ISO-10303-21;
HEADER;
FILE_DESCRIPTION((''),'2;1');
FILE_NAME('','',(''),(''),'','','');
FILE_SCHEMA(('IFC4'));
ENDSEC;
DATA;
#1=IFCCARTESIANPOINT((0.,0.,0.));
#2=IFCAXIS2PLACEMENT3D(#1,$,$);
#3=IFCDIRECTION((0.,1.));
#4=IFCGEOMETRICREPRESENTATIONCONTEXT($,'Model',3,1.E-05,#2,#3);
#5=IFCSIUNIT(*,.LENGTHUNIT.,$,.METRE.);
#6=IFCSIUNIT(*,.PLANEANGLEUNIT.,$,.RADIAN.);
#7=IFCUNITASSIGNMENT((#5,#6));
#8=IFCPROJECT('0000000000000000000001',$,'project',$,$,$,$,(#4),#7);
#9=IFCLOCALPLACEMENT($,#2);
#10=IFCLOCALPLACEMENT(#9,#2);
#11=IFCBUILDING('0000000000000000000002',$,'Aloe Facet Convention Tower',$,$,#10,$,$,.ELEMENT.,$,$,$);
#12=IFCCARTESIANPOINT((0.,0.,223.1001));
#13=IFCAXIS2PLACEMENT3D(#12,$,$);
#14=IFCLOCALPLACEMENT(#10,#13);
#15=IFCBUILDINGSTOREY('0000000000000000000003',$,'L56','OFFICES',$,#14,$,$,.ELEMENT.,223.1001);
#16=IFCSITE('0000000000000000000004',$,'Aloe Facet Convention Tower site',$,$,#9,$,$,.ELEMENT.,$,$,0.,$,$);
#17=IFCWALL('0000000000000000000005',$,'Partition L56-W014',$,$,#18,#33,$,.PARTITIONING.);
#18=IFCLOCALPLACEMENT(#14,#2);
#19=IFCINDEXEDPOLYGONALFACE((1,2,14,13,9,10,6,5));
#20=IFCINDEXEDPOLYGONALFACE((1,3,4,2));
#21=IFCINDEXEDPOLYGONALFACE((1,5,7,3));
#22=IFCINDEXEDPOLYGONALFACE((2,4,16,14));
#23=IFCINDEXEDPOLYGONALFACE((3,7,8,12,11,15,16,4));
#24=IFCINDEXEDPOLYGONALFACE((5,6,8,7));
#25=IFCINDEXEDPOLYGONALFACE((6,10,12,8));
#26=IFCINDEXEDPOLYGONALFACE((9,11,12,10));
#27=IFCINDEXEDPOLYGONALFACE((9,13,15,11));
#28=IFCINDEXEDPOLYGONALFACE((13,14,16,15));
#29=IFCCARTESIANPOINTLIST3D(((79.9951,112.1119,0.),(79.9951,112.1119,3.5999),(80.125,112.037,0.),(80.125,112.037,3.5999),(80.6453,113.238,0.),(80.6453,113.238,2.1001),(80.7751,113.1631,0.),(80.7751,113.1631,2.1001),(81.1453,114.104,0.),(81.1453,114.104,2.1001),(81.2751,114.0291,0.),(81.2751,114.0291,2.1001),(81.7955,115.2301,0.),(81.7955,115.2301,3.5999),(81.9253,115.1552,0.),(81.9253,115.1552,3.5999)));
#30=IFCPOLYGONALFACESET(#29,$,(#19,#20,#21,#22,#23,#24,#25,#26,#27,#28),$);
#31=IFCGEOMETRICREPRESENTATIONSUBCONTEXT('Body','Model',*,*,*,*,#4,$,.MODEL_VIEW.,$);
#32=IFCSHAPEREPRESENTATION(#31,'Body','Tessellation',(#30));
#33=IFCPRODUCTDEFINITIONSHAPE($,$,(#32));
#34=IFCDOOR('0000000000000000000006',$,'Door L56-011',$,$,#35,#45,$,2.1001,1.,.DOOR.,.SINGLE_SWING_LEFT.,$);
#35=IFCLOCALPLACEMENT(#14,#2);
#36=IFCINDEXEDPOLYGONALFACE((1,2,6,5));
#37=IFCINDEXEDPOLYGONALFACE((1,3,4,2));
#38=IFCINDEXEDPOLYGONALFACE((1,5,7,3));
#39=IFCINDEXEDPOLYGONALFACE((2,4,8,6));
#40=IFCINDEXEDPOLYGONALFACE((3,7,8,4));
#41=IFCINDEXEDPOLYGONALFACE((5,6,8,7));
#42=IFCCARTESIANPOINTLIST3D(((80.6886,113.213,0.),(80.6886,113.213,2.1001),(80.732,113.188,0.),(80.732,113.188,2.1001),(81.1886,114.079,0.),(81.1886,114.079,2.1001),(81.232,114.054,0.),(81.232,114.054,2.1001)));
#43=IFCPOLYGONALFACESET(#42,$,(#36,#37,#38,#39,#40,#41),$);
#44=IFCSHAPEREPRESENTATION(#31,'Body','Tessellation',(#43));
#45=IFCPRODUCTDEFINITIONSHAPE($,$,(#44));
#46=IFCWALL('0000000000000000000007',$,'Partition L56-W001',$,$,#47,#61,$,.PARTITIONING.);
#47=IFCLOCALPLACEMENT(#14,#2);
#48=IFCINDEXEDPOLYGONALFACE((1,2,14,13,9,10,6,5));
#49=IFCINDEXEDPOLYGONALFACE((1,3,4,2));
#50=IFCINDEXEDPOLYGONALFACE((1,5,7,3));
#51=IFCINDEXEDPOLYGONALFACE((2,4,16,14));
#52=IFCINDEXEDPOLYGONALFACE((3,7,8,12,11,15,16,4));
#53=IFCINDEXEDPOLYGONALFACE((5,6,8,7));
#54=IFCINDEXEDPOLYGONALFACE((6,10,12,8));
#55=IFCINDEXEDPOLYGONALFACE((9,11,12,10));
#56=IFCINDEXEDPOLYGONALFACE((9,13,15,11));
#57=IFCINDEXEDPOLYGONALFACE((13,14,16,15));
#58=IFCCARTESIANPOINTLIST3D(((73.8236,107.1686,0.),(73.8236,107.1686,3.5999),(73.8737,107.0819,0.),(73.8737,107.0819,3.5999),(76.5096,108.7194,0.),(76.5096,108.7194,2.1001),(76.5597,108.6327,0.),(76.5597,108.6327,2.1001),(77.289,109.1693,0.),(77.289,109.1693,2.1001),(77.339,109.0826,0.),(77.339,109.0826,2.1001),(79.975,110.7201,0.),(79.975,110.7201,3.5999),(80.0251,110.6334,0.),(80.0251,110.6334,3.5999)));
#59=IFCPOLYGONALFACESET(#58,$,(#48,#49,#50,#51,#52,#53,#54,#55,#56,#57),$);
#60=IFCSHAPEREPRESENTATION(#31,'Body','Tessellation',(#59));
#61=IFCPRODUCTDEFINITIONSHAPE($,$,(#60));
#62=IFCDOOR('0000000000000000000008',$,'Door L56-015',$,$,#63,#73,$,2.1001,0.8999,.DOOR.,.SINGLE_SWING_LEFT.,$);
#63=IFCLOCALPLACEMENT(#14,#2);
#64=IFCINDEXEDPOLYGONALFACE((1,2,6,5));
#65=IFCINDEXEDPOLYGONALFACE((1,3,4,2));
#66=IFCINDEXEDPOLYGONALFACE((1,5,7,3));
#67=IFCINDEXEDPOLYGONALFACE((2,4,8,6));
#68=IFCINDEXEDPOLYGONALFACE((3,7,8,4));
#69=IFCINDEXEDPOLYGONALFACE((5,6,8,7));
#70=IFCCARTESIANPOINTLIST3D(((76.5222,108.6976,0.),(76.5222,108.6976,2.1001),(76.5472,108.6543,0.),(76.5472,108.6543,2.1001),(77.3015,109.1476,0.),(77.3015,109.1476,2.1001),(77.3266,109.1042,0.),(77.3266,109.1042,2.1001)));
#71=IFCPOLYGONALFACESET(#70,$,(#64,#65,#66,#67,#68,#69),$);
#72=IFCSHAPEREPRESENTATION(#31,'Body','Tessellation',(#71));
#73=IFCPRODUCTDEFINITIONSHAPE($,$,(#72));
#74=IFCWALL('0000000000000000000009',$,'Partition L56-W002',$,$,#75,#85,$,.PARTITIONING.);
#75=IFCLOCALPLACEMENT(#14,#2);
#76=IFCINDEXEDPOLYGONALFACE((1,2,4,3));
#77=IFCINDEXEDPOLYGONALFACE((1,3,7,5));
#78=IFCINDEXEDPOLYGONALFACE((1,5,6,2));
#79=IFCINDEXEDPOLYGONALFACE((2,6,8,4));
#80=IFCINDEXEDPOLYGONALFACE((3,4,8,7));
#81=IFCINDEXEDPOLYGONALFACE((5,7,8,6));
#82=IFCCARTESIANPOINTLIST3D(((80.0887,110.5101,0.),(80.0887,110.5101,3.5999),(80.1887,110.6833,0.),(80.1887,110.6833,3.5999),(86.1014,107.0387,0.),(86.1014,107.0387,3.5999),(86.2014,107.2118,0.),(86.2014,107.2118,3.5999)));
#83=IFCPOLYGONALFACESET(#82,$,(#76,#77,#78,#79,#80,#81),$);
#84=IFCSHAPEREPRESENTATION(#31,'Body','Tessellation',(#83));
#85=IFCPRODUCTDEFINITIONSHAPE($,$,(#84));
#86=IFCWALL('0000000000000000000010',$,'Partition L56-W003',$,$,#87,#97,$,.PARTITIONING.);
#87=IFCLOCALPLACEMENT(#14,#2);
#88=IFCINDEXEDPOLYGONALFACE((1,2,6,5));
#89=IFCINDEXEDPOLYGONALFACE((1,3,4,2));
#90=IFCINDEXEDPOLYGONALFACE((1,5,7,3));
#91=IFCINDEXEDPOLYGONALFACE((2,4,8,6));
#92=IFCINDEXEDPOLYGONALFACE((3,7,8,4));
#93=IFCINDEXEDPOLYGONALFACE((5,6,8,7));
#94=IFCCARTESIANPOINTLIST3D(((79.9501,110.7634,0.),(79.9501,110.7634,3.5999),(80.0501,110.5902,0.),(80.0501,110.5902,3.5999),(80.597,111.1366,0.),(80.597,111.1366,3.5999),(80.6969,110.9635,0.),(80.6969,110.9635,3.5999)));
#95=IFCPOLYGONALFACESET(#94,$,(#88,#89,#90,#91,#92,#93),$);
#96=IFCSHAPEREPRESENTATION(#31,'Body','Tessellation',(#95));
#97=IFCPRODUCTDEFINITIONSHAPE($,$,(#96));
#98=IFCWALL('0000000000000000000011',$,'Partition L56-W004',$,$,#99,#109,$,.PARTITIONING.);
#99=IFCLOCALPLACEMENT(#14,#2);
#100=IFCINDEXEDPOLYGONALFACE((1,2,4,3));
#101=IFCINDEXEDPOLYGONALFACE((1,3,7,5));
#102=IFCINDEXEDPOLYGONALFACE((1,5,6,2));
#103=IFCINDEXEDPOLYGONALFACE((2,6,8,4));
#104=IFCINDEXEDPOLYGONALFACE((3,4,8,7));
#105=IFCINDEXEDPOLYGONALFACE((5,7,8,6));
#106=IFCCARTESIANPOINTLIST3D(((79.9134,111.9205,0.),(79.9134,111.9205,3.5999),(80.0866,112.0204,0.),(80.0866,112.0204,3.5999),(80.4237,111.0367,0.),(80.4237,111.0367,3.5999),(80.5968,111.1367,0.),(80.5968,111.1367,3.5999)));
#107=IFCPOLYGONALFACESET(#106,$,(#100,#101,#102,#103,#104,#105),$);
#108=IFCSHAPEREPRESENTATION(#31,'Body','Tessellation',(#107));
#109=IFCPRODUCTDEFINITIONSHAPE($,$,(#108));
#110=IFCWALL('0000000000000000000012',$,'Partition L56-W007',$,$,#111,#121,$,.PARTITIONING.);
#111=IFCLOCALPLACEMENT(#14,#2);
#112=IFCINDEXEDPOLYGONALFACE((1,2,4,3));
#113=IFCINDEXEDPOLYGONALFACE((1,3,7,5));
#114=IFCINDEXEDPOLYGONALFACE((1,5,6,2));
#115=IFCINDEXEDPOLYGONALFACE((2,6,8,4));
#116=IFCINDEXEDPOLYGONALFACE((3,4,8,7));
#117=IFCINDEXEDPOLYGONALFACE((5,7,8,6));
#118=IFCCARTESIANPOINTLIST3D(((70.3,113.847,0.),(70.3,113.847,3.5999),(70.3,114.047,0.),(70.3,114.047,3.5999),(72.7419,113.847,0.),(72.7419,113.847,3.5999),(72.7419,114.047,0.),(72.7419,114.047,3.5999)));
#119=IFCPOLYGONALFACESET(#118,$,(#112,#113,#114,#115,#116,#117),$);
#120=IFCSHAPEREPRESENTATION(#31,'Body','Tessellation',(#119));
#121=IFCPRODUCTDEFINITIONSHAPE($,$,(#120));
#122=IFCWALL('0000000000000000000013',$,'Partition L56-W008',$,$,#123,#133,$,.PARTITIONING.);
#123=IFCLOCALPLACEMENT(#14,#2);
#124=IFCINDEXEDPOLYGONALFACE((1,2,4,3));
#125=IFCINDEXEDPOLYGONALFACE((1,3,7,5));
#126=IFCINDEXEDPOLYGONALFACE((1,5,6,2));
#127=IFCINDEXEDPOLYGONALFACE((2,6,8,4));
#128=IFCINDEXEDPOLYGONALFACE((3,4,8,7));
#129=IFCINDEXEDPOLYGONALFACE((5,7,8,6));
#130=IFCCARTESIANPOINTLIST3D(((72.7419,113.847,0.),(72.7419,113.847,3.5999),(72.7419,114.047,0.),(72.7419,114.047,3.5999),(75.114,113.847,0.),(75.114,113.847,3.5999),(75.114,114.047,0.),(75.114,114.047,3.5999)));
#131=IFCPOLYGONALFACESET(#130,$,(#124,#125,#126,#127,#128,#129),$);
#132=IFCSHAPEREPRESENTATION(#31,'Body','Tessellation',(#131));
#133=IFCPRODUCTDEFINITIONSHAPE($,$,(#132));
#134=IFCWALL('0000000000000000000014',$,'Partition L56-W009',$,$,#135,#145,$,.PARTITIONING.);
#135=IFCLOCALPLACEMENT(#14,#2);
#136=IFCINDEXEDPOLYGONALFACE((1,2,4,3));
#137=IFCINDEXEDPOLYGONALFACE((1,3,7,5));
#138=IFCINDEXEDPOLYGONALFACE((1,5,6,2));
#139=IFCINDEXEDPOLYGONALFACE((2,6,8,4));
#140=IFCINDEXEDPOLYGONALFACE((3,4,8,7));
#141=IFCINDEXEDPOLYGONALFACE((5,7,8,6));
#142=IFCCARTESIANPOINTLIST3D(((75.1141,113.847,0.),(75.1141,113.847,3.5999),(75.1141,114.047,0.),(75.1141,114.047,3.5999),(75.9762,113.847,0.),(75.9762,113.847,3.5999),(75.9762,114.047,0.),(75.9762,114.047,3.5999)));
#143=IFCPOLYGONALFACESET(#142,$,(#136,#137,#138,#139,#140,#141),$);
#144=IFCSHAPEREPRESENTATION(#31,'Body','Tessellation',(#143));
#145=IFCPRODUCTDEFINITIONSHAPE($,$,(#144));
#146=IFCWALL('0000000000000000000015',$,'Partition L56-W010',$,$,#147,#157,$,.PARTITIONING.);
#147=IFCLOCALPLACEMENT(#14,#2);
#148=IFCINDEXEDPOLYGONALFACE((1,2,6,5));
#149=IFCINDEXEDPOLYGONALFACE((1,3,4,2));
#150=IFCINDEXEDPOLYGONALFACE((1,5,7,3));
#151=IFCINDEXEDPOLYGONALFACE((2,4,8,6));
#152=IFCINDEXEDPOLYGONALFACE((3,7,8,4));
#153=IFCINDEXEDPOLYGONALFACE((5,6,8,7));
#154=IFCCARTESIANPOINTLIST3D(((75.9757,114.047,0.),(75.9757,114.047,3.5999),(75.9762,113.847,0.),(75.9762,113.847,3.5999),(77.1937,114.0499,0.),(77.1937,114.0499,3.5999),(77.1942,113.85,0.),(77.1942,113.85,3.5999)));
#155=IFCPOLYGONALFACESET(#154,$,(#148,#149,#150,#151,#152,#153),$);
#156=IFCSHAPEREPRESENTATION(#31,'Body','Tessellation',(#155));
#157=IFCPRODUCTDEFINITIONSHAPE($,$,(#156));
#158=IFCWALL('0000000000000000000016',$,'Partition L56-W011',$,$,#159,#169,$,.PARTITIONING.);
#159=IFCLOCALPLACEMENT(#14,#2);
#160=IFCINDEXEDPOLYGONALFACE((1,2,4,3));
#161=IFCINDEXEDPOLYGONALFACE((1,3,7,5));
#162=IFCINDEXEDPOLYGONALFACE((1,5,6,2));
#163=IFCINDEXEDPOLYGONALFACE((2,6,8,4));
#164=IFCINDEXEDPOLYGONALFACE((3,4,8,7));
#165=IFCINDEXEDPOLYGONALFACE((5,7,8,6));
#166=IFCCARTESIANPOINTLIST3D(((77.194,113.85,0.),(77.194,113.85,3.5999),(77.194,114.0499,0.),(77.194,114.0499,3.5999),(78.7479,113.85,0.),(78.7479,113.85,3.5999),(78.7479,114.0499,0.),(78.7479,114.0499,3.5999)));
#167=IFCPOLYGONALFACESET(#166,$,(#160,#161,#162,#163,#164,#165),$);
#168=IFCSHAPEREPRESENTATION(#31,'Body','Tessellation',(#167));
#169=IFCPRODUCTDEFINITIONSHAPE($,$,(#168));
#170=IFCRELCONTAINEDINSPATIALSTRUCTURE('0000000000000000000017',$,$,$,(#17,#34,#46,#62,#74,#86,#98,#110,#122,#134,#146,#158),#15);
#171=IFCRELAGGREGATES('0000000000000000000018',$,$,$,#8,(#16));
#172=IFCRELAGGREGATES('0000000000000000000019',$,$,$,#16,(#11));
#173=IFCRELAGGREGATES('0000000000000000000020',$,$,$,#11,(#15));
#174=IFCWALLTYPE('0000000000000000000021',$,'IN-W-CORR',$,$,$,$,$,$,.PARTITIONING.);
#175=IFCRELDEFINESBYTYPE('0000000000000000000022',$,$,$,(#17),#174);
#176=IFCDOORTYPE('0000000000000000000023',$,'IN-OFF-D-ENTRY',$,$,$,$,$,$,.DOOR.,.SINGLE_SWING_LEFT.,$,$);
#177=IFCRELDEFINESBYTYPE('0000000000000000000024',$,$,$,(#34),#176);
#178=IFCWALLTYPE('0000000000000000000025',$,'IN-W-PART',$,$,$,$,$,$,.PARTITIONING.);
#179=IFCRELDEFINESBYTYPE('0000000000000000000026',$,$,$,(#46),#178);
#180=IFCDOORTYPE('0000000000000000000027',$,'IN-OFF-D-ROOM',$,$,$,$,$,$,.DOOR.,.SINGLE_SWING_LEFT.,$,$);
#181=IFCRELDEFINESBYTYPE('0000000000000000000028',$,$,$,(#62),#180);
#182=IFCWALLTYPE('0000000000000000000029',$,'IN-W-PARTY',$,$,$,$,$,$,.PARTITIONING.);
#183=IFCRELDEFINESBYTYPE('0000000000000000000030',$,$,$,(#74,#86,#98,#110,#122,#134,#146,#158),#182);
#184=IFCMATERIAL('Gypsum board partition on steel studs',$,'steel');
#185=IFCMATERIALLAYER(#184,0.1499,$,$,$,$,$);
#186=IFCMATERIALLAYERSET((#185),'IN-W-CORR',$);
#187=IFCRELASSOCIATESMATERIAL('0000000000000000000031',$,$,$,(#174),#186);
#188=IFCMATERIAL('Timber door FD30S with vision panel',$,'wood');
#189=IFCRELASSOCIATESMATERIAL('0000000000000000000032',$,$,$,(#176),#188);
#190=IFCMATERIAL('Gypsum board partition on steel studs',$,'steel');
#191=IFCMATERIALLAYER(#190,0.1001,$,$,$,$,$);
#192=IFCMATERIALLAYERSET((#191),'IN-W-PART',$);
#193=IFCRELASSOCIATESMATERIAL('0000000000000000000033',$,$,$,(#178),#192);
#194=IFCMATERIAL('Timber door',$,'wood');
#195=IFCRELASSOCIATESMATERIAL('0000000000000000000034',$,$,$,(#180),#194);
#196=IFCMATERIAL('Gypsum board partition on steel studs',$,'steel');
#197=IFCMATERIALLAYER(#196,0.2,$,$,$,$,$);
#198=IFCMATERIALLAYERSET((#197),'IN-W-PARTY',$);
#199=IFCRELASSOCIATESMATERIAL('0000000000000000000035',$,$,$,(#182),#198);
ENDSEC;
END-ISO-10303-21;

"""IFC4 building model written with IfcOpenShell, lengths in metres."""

from ifc_helpers import new_model, si_unit, direction, frame, frame_2d, origin, place, context, subcontext, project, spatial, rectangle, extrude, material, layer, layer_set, type_object, element, fill, save


model = new_model("IFC4")

# Units and contexts
model_context = context("Model", 3, precision=1e-05, world=origin(), true_north=direction((0.0, 1.0)))
body_context = subcontext(model_context, "Body", "Model", "MODEL_VIEW")
ifc_project = project(units=[si_unit("LENGTHUNIT", "METRE"), si_unit("PLANEANGLEUNIT", "RADIAN")], contexts=[model_context])

# Site, building, storey
site_placement = place(None, origin())
site = spatial("IfcSite", under=ifc_project, at=site_placement, Name="Aloe Facet Convention Tower site", CompositionType="ELEMENT", RefElevation=0.0)
building_placement = place(site_placement, origin())
building = spatial("IfcBuilding", under=site, at=building_placement, Name="Aloe Facet Convention Tower", CompositionType="ELEMENT")
storey_placement = place(building_placement, frame((0.0, 0.0, 223.1001)))
storey = spatial("IfcBuildingStorey", under=building, at=storey_placement, Name="L56", Description="OFFICES", CompositionType="ELEMENT", Elevation=223.1001)

# Walls, openings, doors
ifc_material_1 = material(Name="Gypsum board partition on steel studs", Category="steel")
ifc_layer_1 = layer(ifc_material_1, 0.1499)
ifc_layer_set_1 = layer_set([ifc_layer_1], Name="IN-W-CORR")
wall_type_1 = type_object("IfcWallType", Name="IN-W-CORR", PredefinedType="PARTITIONING", material=ifc_layer_set_1)
wall_1_placement = place(storey_placement, frame((80.0601, 112.0745, 0.0), z_axis=(0.0, 0.0, 1.0), x_axis=(0.500004, 0.866023, 0.0)))
wall_1 = element("IfcWall", 1, at=wall_1_placement, inside=storey, type_object=wall_type_1, Name="Partition L56-W014", PredefinedType="PARTITIONING", context=body_context, shape_type="SweptSolid", body=[
    extrude(rectangle(XDim=3.6006, YDim=0.1499, at=frame_2d((1.8003, 0.0))), origin(), (0.0, 0.0, 1.0), 3.5999),
])
opening_1_placement = place(wall_1_placement, frame((1.3003, 0.0, 0.0)))
opening_1 = element("IfcOpeningElement", 2, at=opening_1_placement, cuts=wall_1, PredefinedType="OPENING", context=body_context, shape_type="SweptSolid", body=[
    extrude(rectangle(XDim=1.0, YDim=2.1001, at=frame_2d((0.5, 1.05))), frame((0.0, 0.085, 0.0), z_axis=(0.0, -1.0, 0.0), x_axis=(1.0, 0.0, 0.0)), (0.0, 0.0, 1.0), 0.1699),
])
ifc_material_2 = material(Name="Timber door FD30S with vision panel", Category="wood")
door_type_1 = type_object("IfcDoorType", Name="IN-OFF-D-ENTRY", OperationType="SINGLE_SWING_LEFT", PredefinedType="DOOR", material=ifc_material_2)
door_1_placement = place(opening_1_placement, origin())
door_1 = element("IfcDoor", 3, at=door_1_placement, inside=storey, type_object=door_type_1, Name="Door L56-011", OperationType="SINGLE_SWING_LEFT", OverallHeight=2.1001, OverallWidth=1.0, PredefinedType="DOOR", context=body_context, shape_type="SweptSolid", body=[
    extrude(rectangle(XDim=1.0, YDim=2.1001, at=frame_2d((0.5, 1.05))), frame((0.0, 0.0249, 0.0), z_axis=(0.0, -1.0, 0.0), x_axis=(1.0, 0.0, 0.0)), (0.0, 0.0, 1.0), 0.05),
])
fill(opening_1, door_1)
ifc_material_3 = material(Name="Gypsum board partition on steel studs", Category="steel")
ifc_layer_2 = layer(ifc_material_3, 0.1001)
ifc_layer_set_2 = layer_set([ifc_layer_2], Name="IN-W-PART")
wall_type_2 = type_object("IfcWallType", Name="IN-W-PART", PredefinedType="PARTITIONING", material=ifc_layer_set_2)
wall_2_placement = place(storey_placement, frame((73.8486, 107.1252, 0.0), z_axis=(0.0, 0.0, 1.0), x_axis=(0.866024, 0.500002, 0.0)))
wall_2 = element("IfcWall", 4, at=wall_2_placement, inside=storey, type_object=wall_type_2, Name="Partition L56-W001", PredefinedType="PARTITIONING", context=body_context, shape_type="SweptSolid", body=[
    extrude(rectangle(XDim=7.103, YDim=0.1001, at=frame_2d((3.5515, 0.0))), origin(), (0.0, 0.0, 1.0), 3.5999),
])
opening_2_placement = place(wall_2_placement, frame((3.1016, 0.0, 0.0)))
opening_2 = element("IfcOpeningElement", 5, at=opening_2_placement, cuts=wall_2, PredefinedType="OPENING", context=body_context, shape_type="SweptSolid", body=[
    extrude(rectangle(XDim=0.8999, YDim=2.1001, at=frame_2d((0.45, 1.05))), frame((0.0, 0.0601, 0.0), z_axis=(0.0, -1.0, 0.0), x_axis=(1.0, 0.0, 0.0)), (0.0, 0.0, 1.0), 0.1201),
])
ifc_material_4 = material(Name="Timber door", Category="wood")
door_type_2 = type_object("IfcDoorType", Name="IN-OFF-D-ROOM", OperationType="SINGLE_SWING_LEFT", PredefinedType="DOOR", material=ifc_material_4)
door_2_placement = place(opening_2_placement, origin())
door_2 = element("IfcDoor", 6, at=door_2_placement, inside=storey, type_object=door_type_2, Name="Door L56-015", OperationType="SINGLE_SWING_LEFT", OverallHeight=2.1001, OverallWidth=0.8999, PredefinedType="DOOR", context=body_context, shape_type="SweptSolid", body=[
    extrude(rectangle(XDim=0.8999, YDim=2.1001, at=frame_2d((0.45, 1.05))), frame((0.0, 0.0249, 0.0), z_axis=(0.0, -1.0, 0.0), x_axis=(1.0, 0.0, 0.0)), (0.0, 0.0, 1.0), 0.05),
])
fill(opening_2, door_2)

# Walls
ifc_material_5 = material(Name="Gypsum board partition on steel studs", Category="steel")
ifc_layer_3 = layer(ifc_material_5, 0.2)
ifc_layer_set_3 = layer_set([ifc_layer_3], Name="IN-W-PARTY")
wall_type_3 = type_object("IfcWallType", Name="IN-W-PARTY", PredefinedType="PARTITIONING", material=ifc_layer_set_3)
wall_3_placement = place(storey_placement, frame((80.1387, 110.5967, 0.0), z_axis=(0.0, 0.0, 1.0), x_axis=(0.866025, -0.5, 0.0)))
element("IfcWall", 7, at=wall_3_placement, inside=storey, type_object=wall_type_3, Name="Partition L56-W002", PredefinedType="PARTITIONING", context=body_context, shape_type="SweptSolid", body=[
    extrude(rectangle(XDim=6.9429, YDim=0.2, at=frame_2d((3.4714, 0.0))), origin(), (0.0, 0.0, 1.0), 3.5999),
])
wall_4_placement = place(storey_placement, frame((80.0, 110.6768, 0.0), z_axis=(0.0, 0.0, 1.0), x_axis=(0.866164, 0.49976, 0.0)))
element("IfcWall", 8, at=wall_4_placement, inside=storey, type_object=wall_type_3, Name="Partition L56-W003", PredefinedType="PARTITIONING", context=body_context, shape_type="SweptSolid", body=[
    extrude(rectangle(XDim=0.7468, YDim=0.2, at=frame_2d((0.3735, 0.0))), origin(), (0.0, 0.0, 1.0), 3.5999),
])
wall_5_placement = place(storey_placement, frame((80.0, 111.9705, 0.0), z_axis=(0.0, 0.0, 1.0), x_axis=(0.499999, -0.866026, 0.0)))
element("IfcWall", 9, at=wall_5_placement, inside=storey, type_object=wall_type_3, Name="Partition L56-W004", PredefinedType="PARTITIONING", context=body_context, shape_type="SweptSolid", body=[
    extrude(rectangle(XDim=1.0205, YDim=0.2, at=frame_2d((0.5103, 0.0))), origin(), (0.0, 0.0, 1.0), 3.5999),
])
wall_6_placement = place(storey_placement, frame((70.3, 113.947, 0.0), z_axis=(0.0, 0.0, 1.0), x_axis=(1.0, 0.0, 0.0)))
element("IfcWall", 10, at=wall_6_placement, inside=storey, type_object=wall_type_3, Name="Partition L56-W007", PredefinedType="PARTITIONING", context=body_context, shape_type="SweptSolid", body=[
    extrude(rectangle(XDim=2.4419, YDim=0.2, at=frame_2d((1.2209, 0.0))), origin(), (0.0, 0.0, 1.0), 3.5999),
])
wall_7_placement = place(storey_placement, frame((72.7419, 113.947, 0.0), z_axis=(0.0, 0.0, 1.0), x_axis=(1.0, 0.0, 0.0)))
element("IfcWall", 11, at=wall_7_placement, inside=storey, type_object=wall_type_3, Name="Partition L56-W008", PredefinedType="PARTITIONING", context=body_context, shape_type="SweptSolid", body=[
    extrude(rectangle(XDim=2.3721, YDim=0.2, at=frame_2d((1.186, 0.0))), origin(), (0.0, 0.0, 1.0), 3.5999),
])
wall_8_placement = place(storey_placement, frame((75.114, 113.947, 0.0), z_axis=(0.0, 0.0, 1.0), x_axis=(1.0, 0.0, 0.0)))
element("IfcWall", 12, at=wall_8_placement, inside=storey, type_object=wall_type_3, Name="Partition L56-W009", PredefinedType="PARTITIONING", context=body_context, shape_type="SweptSolid", body=[
    extrude(rectangle(XDim=0.8621, YDim=0.2, at=frame_2d((0.4312, 0.0))), origin(), (0.0, 0.0, 1.0), 3.5999),
])
wall_9_placement = place(storey_placement, frame((75.9761, 113.947, 0.0), z_axis=(0.0, 0.0, 1.0), x_axis=(0.999997, 0.002405, 0.0)))
element("IfcWall", 13, at=wall_9_placement, inside=storey, type_object=wall_type_3, Name="Partition L56-W010", PredefinedType="PARTITIONING", context=body_context, shape_type="SweptSolid", body=[
    extrude(rectangle(XDim=1.218, YDim=0.2, at=frame_2d((0.6089, 0.0))), origin(), (0.0, 0.0, 1.0), 3.5999),
])
wall_10_placement = place(storey_placement, frame((77.1941, 113.95, 0.0), z_axis=(0.0, 0.0, 1.0), x_axis=(1.0, 0.0, 0.0)))
element("IfcWall", 14, at=wall_10_placement, inside=storey, type_object=wall_type_3, Name="Partition L56-W011", PredefinedType="PARTITIONING", context=body_context, shape_type="SweptSolid", body=[
    extrude(rectangle(XDim=1.554, YDim=0.2, at=frame_2d((0.7769, 0.0))), origin(), (0.0, 0.0, 1.0), 3.5999),
])

save(model, "model.ifc")
